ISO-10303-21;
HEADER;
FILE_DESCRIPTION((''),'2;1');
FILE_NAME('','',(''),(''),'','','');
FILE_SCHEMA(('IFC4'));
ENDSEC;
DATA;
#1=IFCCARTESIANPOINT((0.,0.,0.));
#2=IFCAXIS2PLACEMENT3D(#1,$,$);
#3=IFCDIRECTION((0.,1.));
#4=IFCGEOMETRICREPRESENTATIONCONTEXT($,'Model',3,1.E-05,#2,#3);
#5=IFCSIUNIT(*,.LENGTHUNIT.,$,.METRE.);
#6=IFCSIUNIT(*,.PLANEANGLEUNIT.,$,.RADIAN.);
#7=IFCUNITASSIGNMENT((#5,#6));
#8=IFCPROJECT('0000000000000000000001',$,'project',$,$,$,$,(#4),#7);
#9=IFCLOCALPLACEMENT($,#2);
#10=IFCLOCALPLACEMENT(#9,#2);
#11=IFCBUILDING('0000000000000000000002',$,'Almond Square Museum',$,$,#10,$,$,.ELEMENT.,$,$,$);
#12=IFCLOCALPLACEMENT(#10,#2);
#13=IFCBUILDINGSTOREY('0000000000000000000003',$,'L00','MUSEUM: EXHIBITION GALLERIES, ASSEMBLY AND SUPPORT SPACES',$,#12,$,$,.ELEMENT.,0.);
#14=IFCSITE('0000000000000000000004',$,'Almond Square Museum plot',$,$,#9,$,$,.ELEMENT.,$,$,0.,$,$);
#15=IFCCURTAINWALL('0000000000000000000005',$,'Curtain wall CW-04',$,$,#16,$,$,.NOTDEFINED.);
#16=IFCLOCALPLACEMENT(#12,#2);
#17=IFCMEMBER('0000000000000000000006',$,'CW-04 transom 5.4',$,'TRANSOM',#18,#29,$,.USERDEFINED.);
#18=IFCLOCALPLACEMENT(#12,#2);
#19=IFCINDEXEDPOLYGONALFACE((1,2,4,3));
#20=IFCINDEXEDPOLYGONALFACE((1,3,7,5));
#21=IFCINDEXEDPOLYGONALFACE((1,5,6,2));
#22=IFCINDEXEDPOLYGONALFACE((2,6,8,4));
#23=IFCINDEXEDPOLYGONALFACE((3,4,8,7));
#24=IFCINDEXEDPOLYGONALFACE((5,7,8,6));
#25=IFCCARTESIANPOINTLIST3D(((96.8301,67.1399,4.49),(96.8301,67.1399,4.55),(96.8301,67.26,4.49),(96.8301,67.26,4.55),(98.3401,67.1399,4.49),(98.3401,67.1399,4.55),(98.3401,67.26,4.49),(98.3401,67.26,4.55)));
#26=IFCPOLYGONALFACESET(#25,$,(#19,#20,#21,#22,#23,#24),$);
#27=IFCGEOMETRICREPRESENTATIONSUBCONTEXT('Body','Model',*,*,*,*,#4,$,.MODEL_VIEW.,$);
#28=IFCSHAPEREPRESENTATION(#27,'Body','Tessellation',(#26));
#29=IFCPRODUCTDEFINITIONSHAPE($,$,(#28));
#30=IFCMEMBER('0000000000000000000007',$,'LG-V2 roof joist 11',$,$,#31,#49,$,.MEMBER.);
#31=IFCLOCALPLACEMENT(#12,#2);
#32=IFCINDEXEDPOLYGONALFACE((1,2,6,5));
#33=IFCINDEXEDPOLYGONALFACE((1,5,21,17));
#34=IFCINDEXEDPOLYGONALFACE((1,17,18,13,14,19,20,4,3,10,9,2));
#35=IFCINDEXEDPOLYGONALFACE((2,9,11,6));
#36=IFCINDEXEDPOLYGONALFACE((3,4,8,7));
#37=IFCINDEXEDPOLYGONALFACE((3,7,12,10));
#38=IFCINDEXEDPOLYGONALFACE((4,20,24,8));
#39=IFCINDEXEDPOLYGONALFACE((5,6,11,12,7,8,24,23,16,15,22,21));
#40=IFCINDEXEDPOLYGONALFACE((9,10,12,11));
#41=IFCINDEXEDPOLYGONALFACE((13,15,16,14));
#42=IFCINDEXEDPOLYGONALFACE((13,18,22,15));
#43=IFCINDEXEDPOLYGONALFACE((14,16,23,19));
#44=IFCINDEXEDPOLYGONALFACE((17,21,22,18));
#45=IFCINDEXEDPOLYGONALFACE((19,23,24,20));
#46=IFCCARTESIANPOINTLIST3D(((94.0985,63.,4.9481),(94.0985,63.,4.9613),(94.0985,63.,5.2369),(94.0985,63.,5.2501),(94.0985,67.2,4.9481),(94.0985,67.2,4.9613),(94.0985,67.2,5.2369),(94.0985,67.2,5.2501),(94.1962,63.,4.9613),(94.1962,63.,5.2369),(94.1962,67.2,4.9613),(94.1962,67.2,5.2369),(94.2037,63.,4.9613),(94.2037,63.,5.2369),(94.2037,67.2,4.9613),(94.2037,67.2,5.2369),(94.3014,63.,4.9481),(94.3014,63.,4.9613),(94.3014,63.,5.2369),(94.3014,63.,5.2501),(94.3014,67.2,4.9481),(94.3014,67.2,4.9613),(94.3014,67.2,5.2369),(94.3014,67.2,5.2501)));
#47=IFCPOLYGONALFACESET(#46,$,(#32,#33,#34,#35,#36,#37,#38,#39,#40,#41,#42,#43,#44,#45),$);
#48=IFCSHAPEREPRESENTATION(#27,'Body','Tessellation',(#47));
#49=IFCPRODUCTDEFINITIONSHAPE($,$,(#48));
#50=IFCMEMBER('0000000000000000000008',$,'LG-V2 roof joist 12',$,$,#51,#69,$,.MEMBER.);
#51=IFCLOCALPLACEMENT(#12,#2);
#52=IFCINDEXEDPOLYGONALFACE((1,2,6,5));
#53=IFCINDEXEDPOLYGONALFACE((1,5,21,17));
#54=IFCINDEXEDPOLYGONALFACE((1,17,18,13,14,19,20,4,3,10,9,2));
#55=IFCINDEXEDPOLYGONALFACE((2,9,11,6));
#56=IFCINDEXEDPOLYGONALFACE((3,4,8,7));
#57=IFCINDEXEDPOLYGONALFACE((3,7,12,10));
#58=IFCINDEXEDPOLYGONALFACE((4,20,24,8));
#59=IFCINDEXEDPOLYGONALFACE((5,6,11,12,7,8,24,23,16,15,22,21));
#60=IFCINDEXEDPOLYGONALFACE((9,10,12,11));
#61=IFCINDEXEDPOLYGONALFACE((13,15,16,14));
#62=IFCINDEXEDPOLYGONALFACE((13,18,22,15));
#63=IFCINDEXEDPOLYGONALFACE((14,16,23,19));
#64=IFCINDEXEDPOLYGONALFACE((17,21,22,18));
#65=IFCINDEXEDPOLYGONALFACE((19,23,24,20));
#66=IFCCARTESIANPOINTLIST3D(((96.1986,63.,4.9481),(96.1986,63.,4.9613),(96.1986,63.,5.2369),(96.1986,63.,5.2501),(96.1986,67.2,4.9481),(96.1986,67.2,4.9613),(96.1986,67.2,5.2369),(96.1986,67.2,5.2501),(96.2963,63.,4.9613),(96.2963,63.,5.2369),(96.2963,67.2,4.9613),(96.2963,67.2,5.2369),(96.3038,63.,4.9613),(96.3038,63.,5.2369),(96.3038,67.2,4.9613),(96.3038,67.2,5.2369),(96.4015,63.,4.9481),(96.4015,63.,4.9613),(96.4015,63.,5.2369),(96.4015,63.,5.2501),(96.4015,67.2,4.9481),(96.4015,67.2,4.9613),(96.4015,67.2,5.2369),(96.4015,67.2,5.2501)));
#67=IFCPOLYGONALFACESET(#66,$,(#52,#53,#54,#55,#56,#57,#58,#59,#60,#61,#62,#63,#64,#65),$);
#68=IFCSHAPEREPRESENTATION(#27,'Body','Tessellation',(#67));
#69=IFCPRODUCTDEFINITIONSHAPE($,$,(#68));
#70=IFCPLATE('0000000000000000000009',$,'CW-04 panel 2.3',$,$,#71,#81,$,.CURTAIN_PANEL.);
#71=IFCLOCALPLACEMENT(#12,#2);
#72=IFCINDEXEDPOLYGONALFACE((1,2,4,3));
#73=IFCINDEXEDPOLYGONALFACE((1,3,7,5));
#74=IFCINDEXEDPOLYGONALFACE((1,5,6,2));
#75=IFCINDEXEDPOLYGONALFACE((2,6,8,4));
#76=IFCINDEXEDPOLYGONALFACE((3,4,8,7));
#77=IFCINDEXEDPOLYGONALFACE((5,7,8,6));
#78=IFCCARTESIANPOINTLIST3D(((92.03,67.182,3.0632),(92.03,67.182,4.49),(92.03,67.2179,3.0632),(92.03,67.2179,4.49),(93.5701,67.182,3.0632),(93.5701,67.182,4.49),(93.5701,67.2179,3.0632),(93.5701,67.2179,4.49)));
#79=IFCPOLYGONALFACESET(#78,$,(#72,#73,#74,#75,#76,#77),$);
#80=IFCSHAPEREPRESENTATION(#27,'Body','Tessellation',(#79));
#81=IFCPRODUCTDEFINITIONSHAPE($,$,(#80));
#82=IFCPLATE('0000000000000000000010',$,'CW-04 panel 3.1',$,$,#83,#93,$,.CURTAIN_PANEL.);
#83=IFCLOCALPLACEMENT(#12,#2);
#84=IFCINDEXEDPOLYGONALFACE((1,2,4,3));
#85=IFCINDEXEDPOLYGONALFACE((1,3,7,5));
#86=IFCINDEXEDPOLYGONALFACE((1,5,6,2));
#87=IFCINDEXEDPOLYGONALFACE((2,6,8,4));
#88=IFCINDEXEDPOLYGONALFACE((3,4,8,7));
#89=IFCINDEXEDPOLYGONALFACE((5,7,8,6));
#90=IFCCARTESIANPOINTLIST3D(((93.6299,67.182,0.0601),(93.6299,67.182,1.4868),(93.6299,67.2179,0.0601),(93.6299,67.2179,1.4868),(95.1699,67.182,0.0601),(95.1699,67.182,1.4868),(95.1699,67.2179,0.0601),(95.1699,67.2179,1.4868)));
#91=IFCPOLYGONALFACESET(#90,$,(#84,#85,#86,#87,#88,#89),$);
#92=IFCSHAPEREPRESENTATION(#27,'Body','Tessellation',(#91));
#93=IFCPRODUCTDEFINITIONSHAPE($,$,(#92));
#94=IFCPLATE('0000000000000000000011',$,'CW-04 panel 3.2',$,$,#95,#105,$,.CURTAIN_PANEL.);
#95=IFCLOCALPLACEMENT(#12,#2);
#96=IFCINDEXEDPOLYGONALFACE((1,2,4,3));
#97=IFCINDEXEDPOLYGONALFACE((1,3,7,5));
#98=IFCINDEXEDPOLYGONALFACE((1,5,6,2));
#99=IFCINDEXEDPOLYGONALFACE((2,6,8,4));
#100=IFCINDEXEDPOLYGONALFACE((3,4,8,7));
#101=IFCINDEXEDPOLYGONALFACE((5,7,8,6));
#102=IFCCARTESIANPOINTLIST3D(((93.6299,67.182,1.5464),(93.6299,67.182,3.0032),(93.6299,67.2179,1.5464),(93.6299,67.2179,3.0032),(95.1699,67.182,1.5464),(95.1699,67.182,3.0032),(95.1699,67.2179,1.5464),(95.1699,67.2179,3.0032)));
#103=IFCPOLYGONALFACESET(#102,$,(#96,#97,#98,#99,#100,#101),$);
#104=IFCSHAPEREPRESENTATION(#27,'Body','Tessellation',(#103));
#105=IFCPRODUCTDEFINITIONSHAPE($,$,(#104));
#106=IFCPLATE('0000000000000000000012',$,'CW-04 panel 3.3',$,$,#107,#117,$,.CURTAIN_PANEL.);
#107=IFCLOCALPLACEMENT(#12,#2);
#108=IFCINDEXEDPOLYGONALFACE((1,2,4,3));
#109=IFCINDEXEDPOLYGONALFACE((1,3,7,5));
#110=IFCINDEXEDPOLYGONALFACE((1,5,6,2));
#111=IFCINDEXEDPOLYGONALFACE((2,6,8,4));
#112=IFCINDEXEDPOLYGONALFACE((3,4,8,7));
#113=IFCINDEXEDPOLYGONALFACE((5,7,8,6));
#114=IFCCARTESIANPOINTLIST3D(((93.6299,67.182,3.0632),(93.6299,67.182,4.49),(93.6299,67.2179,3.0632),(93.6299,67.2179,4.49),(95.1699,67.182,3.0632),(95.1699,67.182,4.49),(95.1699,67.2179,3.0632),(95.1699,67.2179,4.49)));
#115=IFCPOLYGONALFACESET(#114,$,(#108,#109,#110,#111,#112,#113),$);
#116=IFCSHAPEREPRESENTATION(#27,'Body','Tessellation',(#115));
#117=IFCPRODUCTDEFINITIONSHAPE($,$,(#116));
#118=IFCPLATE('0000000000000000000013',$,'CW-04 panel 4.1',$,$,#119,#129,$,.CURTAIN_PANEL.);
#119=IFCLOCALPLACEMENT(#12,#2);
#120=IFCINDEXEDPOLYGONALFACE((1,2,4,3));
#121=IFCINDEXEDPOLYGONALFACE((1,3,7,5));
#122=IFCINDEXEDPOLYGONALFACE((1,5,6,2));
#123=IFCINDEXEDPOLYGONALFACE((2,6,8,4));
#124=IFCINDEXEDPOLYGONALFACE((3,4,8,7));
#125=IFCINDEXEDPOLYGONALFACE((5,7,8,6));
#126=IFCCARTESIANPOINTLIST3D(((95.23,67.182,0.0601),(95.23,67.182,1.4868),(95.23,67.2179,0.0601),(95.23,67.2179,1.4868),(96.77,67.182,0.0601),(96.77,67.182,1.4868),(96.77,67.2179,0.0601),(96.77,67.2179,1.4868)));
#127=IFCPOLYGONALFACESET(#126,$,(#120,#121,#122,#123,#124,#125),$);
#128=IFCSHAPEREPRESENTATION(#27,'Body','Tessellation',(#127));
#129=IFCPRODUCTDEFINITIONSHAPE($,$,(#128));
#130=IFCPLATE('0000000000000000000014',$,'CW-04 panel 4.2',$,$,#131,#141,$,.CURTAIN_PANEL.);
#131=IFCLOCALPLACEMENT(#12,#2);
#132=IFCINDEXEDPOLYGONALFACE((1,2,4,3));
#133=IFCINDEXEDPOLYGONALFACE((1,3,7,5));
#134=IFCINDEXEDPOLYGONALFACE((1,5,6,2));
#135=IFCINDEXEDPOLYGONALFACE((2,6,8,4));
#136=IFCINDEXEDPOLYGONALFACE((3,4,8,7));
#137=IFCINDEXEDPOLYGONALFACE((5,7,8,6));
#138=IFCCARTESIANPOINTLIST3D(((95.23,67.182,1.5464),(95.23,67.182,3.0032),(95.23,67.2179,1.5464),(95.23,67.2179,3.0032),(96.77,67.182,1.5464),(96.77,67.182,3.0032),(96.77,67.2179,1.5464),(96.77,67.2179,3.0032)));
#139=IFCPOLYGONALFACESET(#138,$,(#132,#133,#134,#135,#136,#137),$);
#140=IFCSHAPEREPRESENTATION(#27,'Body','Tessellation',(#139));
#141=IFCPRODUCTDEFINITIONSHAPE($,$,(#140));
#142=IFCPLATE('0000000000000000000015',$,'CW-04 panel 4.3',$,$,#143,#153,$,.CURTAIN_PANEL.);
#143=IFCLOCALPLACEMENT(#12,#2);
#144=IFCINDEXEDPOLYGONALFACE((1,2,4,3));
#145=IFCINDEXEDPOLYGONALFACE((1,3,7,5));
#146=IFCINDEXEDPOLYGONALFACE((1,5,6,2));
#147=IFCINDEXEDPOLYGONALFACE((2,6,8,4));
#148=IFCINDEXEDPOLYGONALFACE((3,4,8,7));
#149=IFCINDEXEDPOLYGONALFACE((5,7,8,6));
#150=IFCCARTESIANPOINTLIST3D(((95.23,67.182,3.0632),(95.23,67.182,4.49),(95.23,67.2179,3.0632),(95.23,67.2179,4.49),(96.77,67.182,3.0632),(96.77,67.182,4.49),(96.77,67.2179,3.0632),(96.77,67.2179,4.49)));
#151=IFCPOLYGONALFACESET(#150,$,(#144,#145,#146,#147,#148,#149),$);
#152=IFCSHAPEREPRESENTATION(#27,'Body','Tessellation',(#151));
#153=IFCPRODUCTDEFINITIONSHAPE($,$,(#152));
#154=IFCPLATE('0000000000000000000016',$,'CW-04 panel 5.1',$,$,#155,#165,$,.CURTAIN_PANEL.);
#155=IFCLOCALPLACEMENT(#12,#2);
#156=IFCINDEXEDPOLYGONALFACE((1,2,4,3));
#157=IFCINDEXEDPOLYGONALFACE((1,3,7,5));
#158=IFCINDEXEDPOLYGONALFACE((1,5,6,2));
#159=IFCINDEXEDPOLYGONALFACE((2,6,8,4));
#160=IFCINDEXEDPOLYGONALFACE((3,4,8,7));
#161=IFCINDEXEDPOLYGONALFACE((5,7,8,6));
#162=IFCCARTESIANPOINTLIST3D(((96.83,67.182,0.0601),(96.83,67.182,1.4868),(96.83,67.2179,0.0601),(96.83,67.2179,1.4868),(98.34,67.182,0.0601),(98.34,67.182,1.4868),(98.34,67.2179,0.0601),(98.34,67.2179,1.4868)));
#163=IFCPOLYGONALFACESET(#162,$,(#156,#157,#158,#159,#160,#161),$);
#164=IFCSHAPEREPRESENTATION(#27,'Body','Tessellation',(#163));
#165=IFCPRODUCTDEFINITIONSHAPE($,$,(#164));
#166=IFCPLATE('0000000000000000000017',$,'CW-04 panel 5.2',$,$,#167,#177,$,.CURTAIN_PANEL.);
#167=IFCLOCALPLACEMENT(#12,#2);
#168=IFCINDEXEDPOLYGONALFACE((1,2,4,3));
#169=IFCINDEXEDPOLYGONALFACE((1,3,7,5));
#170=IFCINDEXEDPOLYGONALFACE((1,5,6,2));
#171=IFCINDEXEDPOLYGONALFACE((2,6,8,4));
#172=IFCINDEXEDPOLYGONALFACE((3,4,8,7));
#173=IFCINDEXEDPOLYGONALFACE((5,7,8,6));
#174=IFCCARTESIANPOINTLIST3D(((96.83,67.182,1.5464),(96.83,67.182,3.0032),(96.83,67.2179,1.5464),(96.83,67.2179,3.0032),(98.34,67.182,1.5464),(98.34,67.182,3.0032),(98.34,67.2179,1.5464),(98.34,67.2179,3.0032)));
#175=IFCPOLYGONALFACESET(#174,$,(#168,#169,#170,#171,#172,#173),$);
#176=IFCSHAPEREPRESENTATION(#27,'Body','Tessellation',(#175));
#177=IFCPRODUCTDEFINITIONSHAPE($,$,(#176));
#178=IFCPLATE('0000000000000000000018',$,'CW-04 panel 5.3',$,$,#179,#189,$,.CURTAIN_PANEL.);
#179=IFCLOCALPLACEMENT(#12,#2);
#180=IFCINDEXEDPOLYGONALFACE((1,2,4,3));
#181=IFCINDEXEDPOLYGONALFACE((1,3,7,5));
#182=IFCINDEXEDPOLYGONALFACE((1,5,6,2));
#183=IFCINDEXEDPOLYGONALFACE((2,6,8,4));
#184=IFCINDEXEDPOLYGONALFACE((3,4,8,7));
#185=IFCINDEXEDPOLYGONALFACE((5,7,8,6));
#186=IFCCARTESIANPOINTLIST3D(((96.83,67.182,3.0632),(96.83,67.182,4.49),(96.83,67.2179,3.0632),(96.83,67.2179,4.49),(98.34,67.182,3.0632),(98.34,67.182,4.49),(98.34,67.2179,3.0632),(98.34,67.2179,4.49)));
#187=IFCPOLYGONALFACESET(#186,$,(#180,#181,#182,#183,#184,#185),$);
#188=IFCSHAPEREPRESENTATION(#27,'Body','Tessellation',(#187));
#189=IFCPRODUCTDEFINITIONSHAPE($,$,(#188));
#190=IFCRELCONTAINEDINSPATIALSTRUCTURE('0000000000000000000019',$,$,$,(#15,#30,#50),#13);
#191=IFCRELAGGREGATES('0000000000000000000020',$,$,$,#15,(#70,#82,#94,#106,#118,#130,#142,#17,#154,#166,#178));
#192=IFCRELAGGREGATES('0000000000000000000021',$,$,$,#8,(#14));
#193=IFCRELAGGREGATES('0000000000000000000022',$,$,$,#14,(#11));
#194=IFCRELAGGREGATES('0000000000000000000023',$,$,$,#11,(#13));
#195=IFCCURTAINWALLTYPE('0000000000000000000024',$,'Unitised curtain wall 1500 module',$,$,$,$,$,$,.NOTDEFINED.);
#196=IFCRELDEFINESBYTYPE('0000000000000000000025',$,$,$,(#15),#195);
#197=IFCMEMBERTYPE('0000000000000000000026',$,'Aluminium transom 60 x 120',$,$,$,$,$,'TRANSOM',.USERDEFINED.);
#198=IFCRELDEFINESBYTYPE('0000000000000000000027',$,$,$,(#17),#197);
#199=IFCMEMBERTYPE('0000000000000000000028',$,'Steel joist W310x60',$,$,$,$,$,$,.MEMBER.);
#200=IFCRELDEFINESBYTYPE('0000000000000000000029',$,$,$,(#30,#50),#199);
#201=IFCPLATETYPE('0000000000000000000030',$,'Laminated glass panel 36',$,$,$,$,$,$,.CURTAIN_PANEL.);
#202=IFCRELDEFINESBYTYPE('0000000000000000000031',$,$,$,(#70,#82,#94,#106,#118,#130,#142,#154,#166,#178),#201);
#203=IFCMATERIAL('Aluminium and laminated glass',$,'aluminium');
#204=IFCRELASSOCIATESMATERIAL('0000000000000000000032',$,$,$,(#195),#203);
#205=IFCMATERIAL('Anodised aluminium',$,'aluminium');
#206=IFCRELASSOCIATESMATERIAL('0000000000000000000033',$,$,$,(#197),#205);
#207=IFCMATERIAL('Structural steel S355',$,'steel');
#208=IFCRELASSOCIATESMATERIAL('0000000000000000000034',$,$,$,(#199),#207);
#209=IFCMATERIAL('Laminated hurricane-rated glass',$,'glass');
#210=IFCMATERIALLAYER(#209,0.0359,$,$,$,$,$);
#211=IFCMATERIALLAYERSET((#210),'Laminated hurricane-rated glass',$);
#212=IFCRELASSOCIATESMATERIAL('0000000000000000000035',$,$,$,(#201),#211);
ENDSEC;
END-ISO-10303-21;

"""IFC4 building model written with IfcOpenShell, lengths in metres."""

from ifc_helpers import new_model, si_unit, direction, frame, origin, origin_2d, place, context, subcontext, project, spatial, rectangle, i_section, extrude, material, layer, layer_set, material_profile, profile_set, type_object, element, aggregate, save


model = new_model("IFC4")

# Units and contexts
model_context = context("Model", 3, precision=1e-05, world=origin(), true_north=direction((0.0, 1.0)))
body_context = subcontext(model_context, "Body", "Model", "MODEL_VIEW")
ifc_project = project(units=[si_unit("LENGTHUNIT", "METRE"), si_unit("PLANEANGLEUNIT", "RADIAN")], contexts=[model_context])

# Site, building, storey
site_placement = place(None, origin())
site = spatial("IfcSite", under=ifc_project, at=site_placement, Name="Almond Square Museum plot", CompositionType="ELEMENT", RefElevation=0.0)
building_placement = place(site_placement, origin())
building = spatial("IfcBuilding", under=site, at=building_placement, Name="Almond Square Museum", CompositionType="ELEMENT")
storey_placement = place(building_placement, origin())
storey = spatial("IfcBuildingStorey", under=building, at=storey_placement, Name="L00", Description="MUSEUM: EXHIBITION GALLERIES, ASSEMBLY AND SUPPORT SPACES", CompositionType="ELEMENT", Elevation=0.0)

# Curtain wall, member
ifc_material_1 = material(Name="Aluminium and laminated glass", Category="aluminium")
curtain_wall_type = type_object("IfcCurtainWallType", Name="Unitised curtain wall 1500 module", PredefinedType="NOTDEFINED", material=ifc_material_1)
curtain_wall_placement = place(storey_placement, origin())
curtain_wall = element("IfcCurtainWall", 1, at=curtain_wall_placement, inside=storey, type_object=curtain_wall_type, Name="Curtain wall CW-04", PredefinedType="NOTDEFINED")
ifc_material_2 = material(Name="Anodised aluminium", Category="aluminium")
ifc_material_profile_1 = material_profile(ifc_material_2, rectangle(XDim=0.1201, YDim=0.0601, at=origin_2d()))
ifc_profile_set_1 = profile_set([ifc_material_profile_1], Name="Anodised aluminium")
member_type_1 = type_object("IfcMemberType", Name="Aluminium transom 60 x 120", ElementType="TRANSOM", PredefinedType="USERDEFINED", material=ifc_profile_set_1)
member_1_placement = place(storey_placement, frame((96.8301, 67.2, 4.52), z_axis=(1.0, 0.0, 0.0), x_axis=(0.0, 1.0, 0.0)))
member_1 = element("IfcMember", 2, at=member_1_placement, type_object=member_type_1, Name="CW-04 transom 5.4", ObjectType="TRANSOM", PredefinedType="USERDEFINED", context=body_context, shape_type="SweptSolid", body=[
    extrude(rectangle(XDim=0.1201, YDim=0.0601, at=origin_2d()), origin(), (0.0, 0.0, 1.0), 1.51),
])

# Members
ifc_material_3 = material(Name="Structural steel S355", Category="steel")
ifc_material_profile_2 = material_profile(ifc_material_3, i_section(OverallWidth=0.2029, OverallDepth=0.302, WebThickness=0.0076, FlangeThickness=0.0132, at=origin_2d()))
ifc_profile_set_2 = profile_set([ifc_material_profile_2], Name="Structural steel S355")
member_type_2 = type_object("IfcMemberType", Name="Steel joist W310x60", PredefinedType="MEMBER", material=ifc_profile_set_2)
for number, where, z_axis, x_axis, name in (
    (3, (94.2, 67.2, 5.0991), (0.0, -1.0, 0.0), (1.0, 0.0, 0.0), "LG-V2 roof joist 11"),
    (4, (96.3, 67.2, 5.0991), (0.0, -1.0, 0.0), (1.0, 0.0, 0.0), "LG-V2 roof joist 12"),
):
    element("IfcMember", number, at=place(storey_placement, frame(where, z_axis=z_axis, x_axis=x_axis)), inside=storey, type_object=member_type_2, Name=name, PredefinedType="MEMBER", context=body_context, shape_type="SweptSolid", body=[
        extrude(i_section(OverallWidth=0.2029, OverallDepth=0.302, WebThickness=0.0076, FlangeThickness=0.0132, at=origin_2d()), origin(), (0.0, 0.0, 1.0), 4.2),
    ])

# Plates
ifc_material_4 = material(Name="Laminated hurricane-rated glass", Category="glass")
ifc_layer = layer(ifc_material_4, 0.0359)
ifc_layer_set = layer_set([ifc_layer], Name="Laminated hurricane-rated glass")
plate_type = type_object("IfcPlateType", Name="Laminated glass panel 36", PredefinedType="CURTAIN_PANEL", material=ifc_layer_set)
plate_1_placement = place(storey_placement, frame((92.8, 67.2, 3.0632), z_axis=(0.0, 0.0, 1.0), x_axis=(1.0, 0.0, 0.0)))
plate_1 = element("IfcPlate", 5, at=plate_1_placement, type_object=plate_type, Name="CW-04 panel 2.3", PredefinedType="CURTAIN_PANEL", context=body_context, shape_type="SweptSolid", body=[
    extrude(rectangle(XDim=1.54, YDim=0.0359, at=origin_2d()), origin(), (0.0, 0.0, 1.0), 1.4268),
])
plate_2_placement = place(storey_placement, frame((94.3999, 67.2, 0.0601), z_axis=(0.0, 0.0, 1.0), x_axis=(1.0, 0.0, 0.0)))
plate_2 = element("IfcPlate", 6, at=plate_2_placement, type_object=plate_type, Name="CW-04 panel 3.1", PredefinedType="CURTAIN_PANEL", context=body_context, shape_type="SweptSolid", body=[
    extrude(rectangle(XDim=1.54, YDim=0.0359, at=origin_2d()), origin(), (0.0, 0.0, 1.0), 1.4268),
])
plate_3_placement = place(storey_placement, frame((94.3999, 67.2, 1.5464), z_axis=(0.0, 0.0, 1.0), x_axis=(1.0, 0.0, 0.0)))
plate_3 = element("IfcPlate", 7, at=plate_3_placement, type_object=plate_type, Name="CW-04 panel 3.2", PredefinedType="CURTAIN_PANEL", context=body_context, shape_type="SweptSolid", body=[
    extrude(rectangle(XDim=1.54, YDim=0.0359, at=origin_2d()), origin(), (0.0, 0.0, 1.0), 1.4568),
])
plate_4_placement = place(storey_placement, frame((94.3999, 67.2, 3.0632), z_axis=(0.0, 0.0, 1.0), x_axis=(1.0, 0.0, 0.0)))
plate_4 = element("IfcPlate", 8, at=plate_4_placement, type_object=plate_type, Name="CW-04 panel 3.3", PredefinedType="CURTAIN_PANEL", context=body_context, shape_type="SweptSolid", body=[
    extrude(rectangle(XDim=1.54, YDim=0.0359, at=origin_2d()), origin(), (0.0, 0.0, 1.0), 1.4268),
])
plate_5_placement = place(storey_placement, frame((96.0, 67.2, 0.0601), z_axis=(0.0, 0.0, 1.0), x_axis=(1.0, 0.0, 0.0)))
plate_5 = element("IfcPlate", 9, at=plate_5_placement, type_object=plate_type, Name="CW-04 panel 4.1", PredefinedType="CURTAIN_PANEL", context=body_context, shape_type="SweptSolid", body=[
    extrude(rectangle(XDim=1.54, YDim=0.0359, at=origin_2d()), origin(), (0.0, 0.0, 1.0), 1.4268),
])
plate_6_placement = place(storey_placement, frame((96.0, 67.2, 1.5464), z_axis=(0.0, 0.0, 1.0), x_axis=(1.0, 0.0, 0.0)))
plate_6 = element("IfcPlate", 10, at=plate_6_placement, type_object=plate_type, Name="CW-04 panel 4.2", PredefinedType="CURTAIN_PANEL", context=body_context, shape_type="SweptSolid", body=[
    extrude(rectangle(XDim=1.54, YDim=0.0359, at=origin_2d()), origin(), (0.0, 0.0, 1.0), 1.4568),
])
plate_7_placement = place(storey_placement, frame((96.0, 67.2, 3.0632), z_axis=(0.0, 0.0, 1.0), x_axis=(1.0, 0.0, 0.0)))
plate_7 = element("IfcPlate", 11, at=plate_7_placement, type_object=plate_type, Name="CW-04 panel 4.3", PredefinedType="CURTAIN_PANEL", context=body_context, shape_type="SweptSolid", body=[
    extrude(rectangle(XDim=1.54, YDim=0.0359, at=origin_2d()), origin(), (0.0, 0.0, 1.0), 1.4268),
])
plate_8_placement = place(storey_placement, frame((97.585, 67.2, 0.0601), z_axis=(0.0, 0.0, 1.0), x_axis=(1.0, 0.0, 0.0)))
plate_8 = element("IfcPlate", 12, at=plate_8_placement, type_object=plate_type, Name="CW-04 panel 5.1", PredefinedType="CURTAIN_PANEL", context=body_context, shape_type="SweptSolid", body=[
    extrude(rectangle(XDim=1.51, YDim=0.0359, at=origin_2d()), origin(), (0.0, 0.0, 1.0), 1.4268),
])
plate_9_placement = place(storey_placement, frame((97.585, 67.2, 1.5464), z_axis=(0.0, 0.0, 1.0), x_axis=(1.0, 0.0, 0.0)))
plate_9 = element("IfcPlate", 13, at=plate_9_placement, type_object=plate_type, Name="CW-04 panel 5.2", PredefinedType="CURTAIN_PANEL", context=body_context, shape_type="SweptSolid", body=[
    extrude(rectangle(XDim=1.51, YDim=0.0359, at=origin_2d()), origin(), (0.0, 0.0, 1.0), 1.4568),
])
plate_10_placement = place(storey_placement, frame((97.585, 67.2, 3.0632), z_axis=(0.0, 0.0, 1.0), x_axis=(1.0, 0.0, 0.0)))
plate_10 = element("IfcPlate", 14, at=plate_10_placement, type_object=plate_type, Name="CW-04 panel 5.3", PredefinedType="CURTAIN_PANEL", context=body_context, shape_type="SweptSolid", body=[
    extrude(rectangle(XDim=1.51, YDim=0.0359, at=origin_2d()), origin(), (0.0, 0.0, 1.0), 1.4268),
])
aggregate(curtain_wall, [plate_1, plate_2, plate_3, plate_4, plate_5, plate_6, plate_7, member_1, plate_8, plate_9, plate_10])

save(model, "model.ifc")
